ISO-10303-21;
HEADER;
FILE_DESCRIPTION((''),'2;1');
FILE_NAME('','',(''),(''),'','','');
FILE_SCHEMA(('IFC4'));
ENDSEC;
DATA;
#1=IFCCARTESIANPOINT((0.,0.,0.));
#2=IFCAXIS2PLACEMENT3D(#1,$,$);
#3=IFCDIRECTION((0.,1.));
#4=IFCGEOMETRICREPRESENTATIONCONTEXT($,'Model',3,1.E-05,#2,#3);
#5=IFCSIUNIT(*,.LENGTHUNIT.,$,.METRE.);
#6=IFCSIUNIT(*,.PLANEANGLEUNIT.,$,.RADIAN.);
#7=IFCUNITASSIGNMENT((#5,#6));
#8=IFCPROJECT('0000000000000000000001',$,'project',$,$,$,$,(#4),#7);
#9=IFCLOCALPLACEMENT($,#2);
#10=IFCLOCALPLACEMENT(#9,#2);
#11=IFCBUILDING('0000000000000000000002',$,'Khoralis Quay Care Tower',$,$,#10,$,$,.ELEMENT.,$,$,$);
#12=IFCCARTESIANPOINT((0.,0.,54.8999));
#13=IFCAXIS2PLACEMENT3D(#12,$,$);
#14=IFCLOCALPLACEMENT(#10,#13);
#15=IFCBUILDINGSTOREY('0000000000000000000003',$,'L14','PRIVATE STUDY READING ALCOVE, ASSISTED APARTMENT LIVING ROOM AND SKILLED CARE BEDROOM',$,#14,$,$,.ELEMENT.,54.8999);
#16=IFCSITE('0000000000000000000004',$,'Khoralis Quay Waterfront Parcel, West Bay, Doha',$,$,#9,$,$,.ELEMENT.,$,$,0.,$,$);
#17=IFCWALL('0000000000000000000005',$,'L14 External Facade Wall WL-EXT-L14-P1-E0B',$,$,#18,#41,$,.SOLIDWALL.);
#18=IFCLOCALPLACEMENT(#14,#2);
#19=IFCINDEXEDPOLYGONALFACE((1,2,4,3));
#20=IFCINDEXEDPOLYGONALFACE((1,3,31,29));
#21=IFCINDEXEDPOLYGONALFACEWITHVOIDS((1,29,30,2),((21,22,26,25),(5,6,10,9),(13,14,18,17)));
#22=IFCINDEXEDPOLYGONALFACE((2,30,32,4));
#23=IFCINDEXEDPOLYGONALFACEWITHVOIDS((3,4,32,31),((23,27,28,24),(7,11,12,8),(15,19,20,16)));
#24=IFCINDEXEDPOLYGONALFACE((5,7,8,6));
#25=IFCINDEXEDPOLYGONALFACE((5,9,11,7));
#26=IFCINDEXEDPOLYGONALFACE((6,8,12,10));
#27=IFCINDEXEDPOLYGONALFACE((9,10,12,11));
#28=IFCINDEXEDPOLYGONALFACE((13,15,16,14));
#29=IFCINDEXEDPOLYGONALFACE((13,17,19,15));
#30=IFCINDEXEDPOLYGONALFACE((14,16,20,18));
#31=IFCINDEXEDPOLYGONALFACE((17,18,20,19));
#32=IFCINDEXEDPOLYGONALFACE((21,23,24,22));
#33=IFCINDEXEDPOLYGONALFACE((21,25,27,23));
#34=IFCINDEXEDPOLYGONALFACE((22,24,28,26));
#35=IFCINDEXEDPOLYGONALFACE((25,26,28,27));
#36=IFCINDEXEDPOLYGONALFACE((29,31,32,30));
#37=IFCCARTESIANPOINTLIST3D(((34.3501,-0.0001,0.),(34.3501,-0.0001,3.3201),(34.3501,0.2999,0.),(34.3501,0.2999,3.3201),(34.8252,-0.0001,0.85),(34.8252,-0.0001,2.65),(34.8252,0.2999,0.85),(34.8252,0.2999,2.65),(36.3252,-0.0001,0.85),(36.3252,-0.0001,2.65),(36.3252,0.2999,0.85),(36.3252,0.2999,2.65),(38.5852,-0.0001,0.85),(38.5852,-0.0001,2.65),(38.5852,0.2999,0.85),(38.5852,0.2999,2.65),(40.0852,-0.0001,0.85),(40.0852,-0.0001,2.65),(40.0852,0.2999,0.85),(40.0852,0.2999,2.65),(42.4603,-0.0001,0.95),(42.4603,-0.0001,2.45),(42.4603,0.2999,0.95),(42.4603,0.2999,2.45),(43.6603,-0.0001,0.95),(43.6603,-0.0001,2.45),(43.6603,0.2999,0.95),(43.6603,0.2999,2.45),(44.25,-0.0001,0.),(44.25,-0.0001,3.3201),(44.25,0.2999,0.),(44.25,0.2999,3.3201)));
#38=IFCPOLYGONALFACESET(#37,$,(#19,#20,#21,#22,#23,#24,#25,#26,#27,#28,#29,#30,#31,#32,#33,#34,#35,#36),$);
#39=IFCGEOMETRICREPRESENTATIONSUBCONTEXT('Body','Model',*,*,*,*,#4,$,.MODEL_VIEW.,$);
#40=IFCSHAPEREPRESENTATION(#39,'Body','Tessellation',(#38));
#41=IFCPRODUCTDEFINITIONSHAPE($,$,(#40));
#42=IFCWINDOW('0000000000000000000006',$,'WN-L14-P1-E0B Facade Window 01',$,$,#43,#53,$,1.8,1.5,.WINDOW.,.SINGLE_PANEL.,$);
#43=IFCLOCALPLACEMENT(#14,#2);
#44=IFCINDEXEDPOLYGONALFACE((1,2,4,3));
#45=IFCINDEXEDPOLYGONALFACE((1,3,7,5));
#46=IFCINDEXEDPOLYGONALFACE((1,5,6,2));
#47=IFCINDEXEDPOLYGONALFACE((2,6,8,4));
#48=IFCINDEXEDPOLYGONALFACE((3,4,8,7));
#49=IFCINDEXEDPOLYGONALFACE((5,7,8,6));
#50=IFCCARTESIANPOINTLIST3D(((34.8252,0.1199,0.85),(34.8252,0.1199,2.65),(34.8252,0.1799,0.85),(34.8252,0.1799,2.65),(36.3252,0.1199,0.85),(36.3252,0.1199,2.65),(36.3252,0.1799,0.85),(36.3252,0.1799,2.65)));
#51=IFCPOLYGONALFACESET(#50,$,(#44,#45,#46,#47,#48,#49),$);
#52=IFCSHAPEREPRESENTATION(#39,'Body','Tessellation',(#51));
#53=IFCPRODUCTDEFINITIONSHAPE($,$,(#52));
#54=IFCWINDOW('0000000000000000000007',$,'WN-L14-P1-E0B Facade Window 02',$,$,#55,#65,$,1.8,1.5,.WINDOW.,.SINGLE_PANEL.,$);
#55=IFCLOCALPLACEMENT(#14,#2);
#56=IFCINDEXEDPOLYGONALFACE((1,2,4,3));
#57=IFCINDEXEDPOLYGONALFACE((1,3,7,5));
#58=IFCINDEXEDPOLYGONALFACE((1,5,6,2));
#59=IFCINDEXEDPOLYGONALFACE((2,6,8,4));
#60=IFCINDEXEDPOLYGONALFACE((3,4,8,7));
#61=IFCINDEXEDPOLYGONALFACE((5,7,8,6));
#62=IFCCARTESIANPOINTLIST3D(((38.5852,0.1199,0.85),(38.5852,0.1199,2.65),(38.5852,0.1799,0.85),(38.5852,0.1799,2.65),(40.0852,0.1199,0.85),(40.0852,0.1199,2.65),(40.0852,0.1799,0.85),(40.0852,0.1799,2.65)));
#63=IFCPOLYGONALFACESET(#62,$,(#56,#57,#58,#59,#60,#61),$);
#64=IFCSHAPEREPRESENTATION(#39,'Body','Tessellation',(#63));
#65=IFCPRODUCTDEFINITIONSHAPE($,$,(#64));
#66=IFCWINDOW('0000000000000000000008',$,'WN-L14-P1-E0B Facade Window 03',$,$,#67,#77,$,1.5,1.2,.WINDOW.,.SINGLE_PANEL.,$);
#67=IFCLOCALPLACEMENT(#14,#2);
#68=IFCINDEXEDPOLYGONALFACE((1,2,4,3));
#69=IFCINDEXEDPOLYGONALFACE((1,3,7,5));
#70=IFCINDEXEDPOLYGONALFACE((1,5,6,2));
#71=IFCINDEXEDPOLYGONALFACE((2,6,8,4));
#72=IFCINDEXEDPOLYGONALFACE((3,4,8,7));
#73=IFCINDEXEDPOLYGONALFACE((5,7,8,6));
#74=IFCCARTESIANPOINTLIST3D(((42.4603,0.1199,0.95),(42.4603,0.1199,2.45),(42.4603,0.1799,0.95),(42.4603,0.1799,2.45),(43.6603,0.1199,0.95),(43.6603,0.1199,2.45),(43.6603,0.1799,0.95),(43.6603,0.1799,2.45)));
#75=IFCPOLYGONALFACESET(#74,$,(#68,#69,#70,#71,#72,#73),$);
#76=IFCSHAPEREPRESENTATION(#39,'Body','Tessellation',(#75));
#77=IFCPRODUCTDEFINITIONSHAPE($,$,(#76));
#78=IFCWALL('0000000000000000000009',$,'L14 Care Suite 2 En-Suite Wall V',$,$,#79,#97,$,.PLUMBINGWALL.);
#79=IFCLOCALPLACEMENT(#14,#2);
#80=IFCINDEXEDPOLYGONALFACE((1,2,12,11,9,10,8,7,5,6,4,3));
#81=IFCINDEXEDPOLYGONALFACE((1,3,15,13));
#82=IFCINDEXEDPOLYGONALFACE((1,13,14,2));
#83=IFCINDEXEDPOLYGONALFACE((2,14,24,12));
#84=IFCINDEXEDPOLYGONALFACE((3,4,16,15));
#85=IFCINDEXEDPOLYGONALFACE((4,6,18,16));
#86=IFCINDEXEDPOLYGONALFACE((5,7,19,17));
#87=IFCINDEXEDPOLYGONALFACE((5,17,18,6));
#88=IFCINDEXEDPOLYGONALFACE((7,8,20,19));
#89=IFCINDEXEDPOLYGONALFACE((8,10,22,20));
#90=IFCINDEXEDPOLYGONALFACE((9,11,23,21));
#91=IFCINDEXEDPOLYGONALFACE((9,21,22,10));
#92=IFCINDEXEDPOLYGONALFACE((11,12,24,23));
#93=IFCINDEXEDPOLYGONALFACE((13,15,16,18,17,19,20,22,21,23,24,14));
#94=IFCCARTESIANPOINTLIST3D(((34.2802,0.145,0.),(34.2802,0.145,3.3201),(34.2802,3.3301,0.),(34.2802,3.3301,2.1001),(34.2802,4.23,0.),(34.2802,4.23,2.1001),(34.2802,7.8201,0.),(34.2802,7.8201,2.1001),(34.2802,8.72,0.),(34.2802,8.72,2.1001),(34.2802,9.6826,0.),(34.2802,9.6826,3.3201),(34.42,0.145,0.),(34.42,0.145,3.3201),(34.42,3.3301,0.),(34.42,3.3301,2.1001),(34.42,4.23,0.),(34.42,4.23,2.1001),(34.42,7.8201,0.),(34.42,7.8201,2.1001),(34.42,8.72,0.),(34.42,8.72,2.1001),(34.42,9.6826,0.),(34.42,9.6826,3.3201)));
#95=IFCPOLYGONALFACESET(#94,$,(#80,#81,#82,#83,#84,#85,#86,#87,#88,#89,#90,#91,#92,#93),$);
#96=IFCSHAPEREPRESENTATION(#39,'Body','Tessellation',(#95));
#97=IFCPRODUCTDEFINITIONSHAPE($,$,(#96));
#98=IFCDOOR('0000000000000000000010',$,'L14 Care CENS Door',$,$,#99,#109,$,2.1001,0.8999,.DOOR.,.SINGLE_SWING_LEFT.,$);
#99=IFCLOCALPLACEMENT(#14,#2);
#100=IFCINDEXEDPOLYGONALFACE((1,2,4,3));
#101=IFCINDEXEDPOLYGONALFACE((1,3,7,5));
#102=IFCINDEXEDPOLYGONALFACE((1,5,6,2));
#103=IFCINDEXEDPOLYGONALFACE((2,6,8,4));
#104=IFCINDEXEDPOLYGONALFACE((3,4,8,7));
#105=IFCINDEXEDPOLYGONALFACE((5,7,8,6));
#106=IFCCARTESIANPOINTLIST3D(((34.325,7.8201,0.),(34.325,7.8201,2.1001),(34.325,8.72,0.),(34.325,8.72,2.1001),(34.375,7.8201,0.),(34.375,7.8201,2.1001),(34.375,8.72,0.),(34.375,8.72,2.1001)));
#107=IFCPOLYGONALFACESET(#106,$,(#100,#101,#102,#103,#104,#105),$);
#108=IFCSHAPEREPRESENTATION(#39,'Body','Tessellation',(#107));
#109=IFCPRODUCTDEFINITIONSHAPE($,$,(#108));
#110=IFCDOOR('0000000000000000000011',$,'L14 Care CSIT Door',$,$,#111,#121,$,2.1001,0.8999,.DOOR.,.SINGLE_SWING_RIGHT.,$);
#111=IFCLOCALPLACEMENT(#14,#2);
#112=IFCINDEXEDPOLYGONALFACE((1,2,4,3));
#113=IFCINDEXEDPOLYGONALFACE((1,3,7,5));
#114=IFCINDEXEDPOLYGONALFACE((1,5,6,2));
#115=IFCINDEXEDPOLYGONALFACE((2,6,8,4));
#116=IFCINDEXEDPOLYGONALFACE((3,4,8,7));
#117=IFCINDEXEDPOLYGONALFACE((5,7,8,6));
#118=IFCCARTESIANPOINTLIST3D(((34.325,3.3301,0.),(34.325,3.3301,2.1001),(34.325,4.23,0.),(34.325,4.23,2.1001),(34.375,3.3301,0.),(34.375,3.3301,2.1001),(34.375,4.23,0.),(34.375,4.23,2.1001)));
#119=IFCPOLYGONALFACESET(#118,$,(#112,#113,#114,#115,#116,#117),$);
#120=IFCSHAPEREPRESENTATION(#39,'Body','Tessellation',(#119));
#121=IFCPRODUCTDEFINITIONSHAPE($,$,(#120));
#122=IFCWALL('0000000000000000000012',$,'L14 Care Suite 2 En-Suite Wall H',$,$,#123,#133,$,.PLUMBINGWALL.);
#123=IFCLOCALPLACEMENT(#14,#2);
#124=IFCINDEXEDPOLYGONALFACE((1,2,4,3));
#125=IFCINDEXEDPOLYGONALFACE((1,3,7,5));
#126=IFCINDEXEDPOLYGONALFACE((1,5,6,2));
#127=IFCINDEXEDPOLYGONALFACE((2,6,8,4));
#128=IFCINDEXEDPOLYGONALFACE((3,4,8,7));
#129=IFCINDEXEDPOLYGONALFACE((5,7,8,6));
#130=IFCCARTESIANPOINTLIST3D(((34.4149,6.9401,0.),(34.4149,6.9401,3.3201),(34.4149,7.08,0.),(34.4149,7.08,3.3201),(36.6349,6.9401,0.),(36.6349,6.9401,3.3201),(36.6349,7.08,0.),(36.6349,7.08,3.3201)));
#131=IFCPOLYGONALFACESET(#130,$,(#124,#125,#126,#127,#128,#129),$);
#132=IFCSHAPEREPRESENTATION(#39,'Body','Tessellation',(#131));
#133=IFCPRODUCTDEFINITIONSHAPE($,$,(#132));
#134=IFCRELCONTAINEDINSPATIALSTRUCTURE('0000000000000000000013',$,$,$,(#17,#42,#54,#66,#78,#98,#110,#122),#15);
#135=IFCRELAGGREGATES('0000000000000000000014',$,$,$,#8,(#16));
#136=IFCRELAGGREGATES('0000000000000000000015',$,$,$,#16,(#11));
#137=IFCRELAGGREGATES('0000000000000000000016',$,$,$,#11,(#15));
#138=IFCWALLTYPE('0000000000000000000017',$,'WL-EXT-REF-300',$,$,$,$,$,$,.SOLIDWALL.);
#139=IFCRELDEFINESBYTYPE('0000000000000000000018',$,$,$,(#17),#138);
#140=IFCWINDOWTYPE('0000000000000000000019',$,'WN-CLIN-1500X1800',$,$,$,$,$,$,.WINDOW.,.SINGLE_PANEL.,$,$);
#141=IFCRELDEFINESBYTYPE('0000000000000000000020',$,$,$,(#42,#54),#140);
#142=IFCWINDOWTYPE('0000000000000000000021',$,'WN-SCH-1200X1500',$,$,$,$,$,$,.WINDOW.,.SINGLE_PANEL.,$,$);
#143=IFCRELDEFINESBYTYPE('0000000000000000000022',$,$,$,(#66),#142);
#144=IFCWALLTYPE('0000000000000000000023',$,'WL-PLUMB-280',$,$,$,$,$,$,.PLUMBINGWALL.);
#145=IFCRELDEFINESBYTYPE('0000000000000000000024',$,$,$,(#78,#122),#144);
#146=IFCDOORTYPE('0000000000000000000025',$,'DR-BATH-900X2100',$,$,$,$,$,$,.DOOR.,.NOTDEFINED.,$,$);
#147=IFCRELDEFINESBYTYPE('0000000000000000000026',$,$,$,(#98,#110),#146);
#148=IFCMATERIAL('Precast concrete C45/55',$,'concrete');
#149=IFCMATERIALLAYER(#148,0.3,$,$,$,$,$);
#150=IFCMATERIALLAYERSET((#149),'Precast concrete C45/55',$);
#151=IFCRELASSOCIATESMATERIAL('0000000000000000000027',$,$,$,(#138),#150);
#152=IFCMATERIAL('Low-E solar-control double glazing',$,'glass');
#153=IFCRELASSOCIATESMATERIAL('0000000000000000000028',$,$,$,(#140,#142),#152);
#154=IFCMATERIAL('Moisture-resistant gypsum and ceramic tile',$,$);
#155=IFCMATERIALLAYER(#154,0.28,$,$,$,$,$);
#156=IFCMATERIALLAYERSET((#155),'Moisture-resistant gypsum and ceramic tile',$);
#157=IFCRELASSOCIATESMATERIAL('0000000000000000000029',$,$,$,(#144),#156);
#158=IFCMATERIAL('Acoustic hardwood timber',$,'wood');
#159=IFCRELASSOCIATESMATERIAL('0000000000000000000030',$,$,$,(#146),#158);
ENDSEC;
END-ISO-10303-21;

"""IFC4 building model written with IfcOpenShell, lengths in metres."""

from ifc_helpers import new_model, si_unit, direction, frame, frame_2d, origin, place, context, subcontext, project, spatial, rectangle, extrude, source, transform, mapped, material, layer, layer_set, type_object, element, fill, save


model = new_model("IFC4")

# Units and contexts
model_context = context("Model", 3, precision=1e-05, world=origin(), true_north=direction((0.0, 1.0)))
body_context = subcontext(model_context, "Body", "Model", "MODEL_VIEW")
ifc_project = project(units=[si_unit("LENGTHUNIT", "METRE"), si_unit("PLANEANGLEUNIT", "RADIAN")], contexts=[model_context])

# Site, building, storey
site_placement = place(None, origin())
site = spatial("IfcSite", under=ifc_project, at=site_placement, Name="Khoralis Quay Waterfront Parcel, West Bay, Doha", CompositionType="ELEMENT", RefElevation=0.0)
building_placement = place(site_placement, origin())
building = spatial("IfcBuilding", under=site, at=building_placement, Name="Khoralis Quay Care Tower", CompositionType="ELEMENT")
storey_placement = place(building_placement, frame((0.0, 0.0, 54.8999)))
storey = spatial("IfcBuildingStorey", under=building, at=storey_placement, Name="L14", Description="PRIVATE STUDY READING ALCOVE, ASSISTED APARTMENT LIVING ROOM AND SKILLED CARE BEDROOM", CompositionType="ELEMENT", Elevation=54.8999)

# Wall, openings, windows
ifc_material_1 = material(Name="Precast concrete C45/55", Category="concrete")
ifc_layer_1 = layer(ifc_material_1, 0.3)
ifc_layer_set_1 = layer_set([ifc_layer_1], Name="Precast concrete C45/55")
wall_type_1 = type_object("IfcWallType", Name="WL-EXT-REF-300", PredefinedType="SOLIDWALL", material=ifc_layer_set_1)
wall_1_placement = place(storey_placement, frame((34.3501, 0.1499, 0.0), z_axis=(0.0, 0.0, 1.0), x_axis=(1.0, 0.0, 0.0)))
wall_1 = element("IfcWall", 1, at=wall_1_placement, inside=storey, type_object=wall_type_1, Name="L14 External Facade Wall WL-EXT-L14-P1-E0B", PredefinedType="SOLIDWALL", context=body_context, shape_type="SweptSolid", body=[
    extrude(rectangle(XDim=9.8999, YDim=0.3, at=frame_2d((4.95, 0.0))), origin(), (0.0, 0.0, 1.0), 3.3201),
])
opening_1_placement = place(wall_1_placement, frame((0.4751, 0.0, 0.8501)))
opening_1 = element("IfcOpeningElement", 2, at=opening_1_placement, cuts=wall_1, PredefinedType="OPENING", context=body_context, shape_type="SweptSolid", body=[
    extrude(rectangle(XDim=1.5, YDim=1.8, at=frame_2d((0.75, 0.8999))), frame((0.0, 0.1602, 0.0), z_axis=(0.0, -1.0, 0.0), x_axis=(1.0, 0.0, 0.0)), (0.0, 0.0, 1.0), 0.3201),
])
opening_2_placement = place(wall_1_placement, frame((4.2351, 0.0, 0.8501)))
opening_2 = element("IfcOpeningElement", 3, at=opening_2_placement, cuts=wall_1, PredefinedType="OPENING", context=body_context, shape_type="SweptSolid", body=[
    extrude(rectangle(XDim=1.5, YDim=1.8, at=frame_2d((0.75, 0.8999))), frame((0.0, 0.1602, 0.0), z_axis=(0.0, -1.0, 0.0), x_axis=(1.0, 0.0, 0.0)), (0.0, 0.0, 1.0), 0.3201),
])
opening_3_placement = place(wall_1_placement, frame((8.1101, 0.0, 0.95)))
opening_3 = element("IfcOpeningElement", 4, at=opening_3_placement, cuts=wall_1, PredefinedType="OPENING", context=body_context, shape_type="SweptSolid", body=[
    extrude(rectangle(XDim=1.2, YDim=1.5, at=frame_2d((0.6001, 0.75))), frame((0.0, 0.1602, 0.0), z_axis=(0.0, -1.0, 0.0), x_axis=(1.0, 0.0, 0.0)), (0.0, 0.0, 1.0), 0.3201),
])
ifc_material_2 = material(Name="Low-E solar-control double glazing", Category="glass")
window_type_1 = type_object("IfcWindowType", Name="WN-CLIN-1500X1800", PartitioningType="SINGLE_PANEL", PredefinedType="WINDOW", material=ifc_material_2)
shared_shape_1 = source(origin(), body_context, "Body", "SweptSolid", [
    extrude(rectangle(XDim=1.5, YDim=1.8, at=frame_2d((0.75, 0.8999))), frame((0.0, 0.03, 0.0), z_axis=(0.0, -1.0, 0.0), x_axis=(1.0, 0.0, 0.0)), (0.0, 0.0, 1.0), 0.0601),
])
window_1_placement = place(opening_1_placement, origin())
window_1 = element("IfcWindow", 5, at=window_1_placement, inside=storey, type_object=window_type_1, Name="WN-L14-P1-E0B Facade Window 01", OverallHeight=1.8, OverallWidth=1.5, PartitioningType="SINGLE_PANEL", PredefinedType="WINDOW", context=body_context, shape_type="MappedRepresentation", body=[
    mapped(shared_shape_1, transform((0.0, 0.0, 0.0), scale=1.0)),
])
fill(opening_1, window_1)
window_2_placement = place(opening_2_placement, origin())
window_2 = element("IfcWindow", 6, at=window_2_placement, inside=storey, type_object=window_type_1, Name="WN-L14-P1-E0B Facade Window 02", OverallHeight=1.8, OverallWidth=1.5, PartitioningType="SINGLE_PANEL", PredefinedType="WINDOW", context=body_context, shape_type="MappedRepresentation", body=[
    mapped(shared_shape_1, transform((0.0, 0.0, 0.0), scale=1.0)),
])
fill(opening_2, window_2)
window_type_2 = type_object("IfcWindowType", Name="WN-SCH-1200X1500", PartitioningType="SINGLE_PANEL", PredefinedType="WINDOW", material=ifc_material_2)
shared_shape_2 = source(origin(), body_context, "Body", "SweptSolid", [
    extrude(rectangle(XDim=1.2, YDim=1.5, at=frame_2d((0.6001, 0.75))), frame((0.0, 0.03, 0.0), z_axis=(0.0, -1.0, 0.0), x_axis=(1.0, 0.0, 0.0)), (0.0, 0.0, 1.0), 0.0601),
])
window_3_placement = place(opening_3_placement, origin())
window_3 = element("IfcWindow", 7, at=window_3_placement, inside=storey, type_object=window_type_2, Name="WN-L14-P1-E0B Facade Window 03", OverallHeight=1.5, OverallWidth=1.2, PartitioningType="SINGLE_PANEL", PredefinedType="WINDOW", context=body_context, shape_type="MappedRepresentation", body=[
    mapped(shared_shape_2, transform((0.0, 0.0, 0.0), scale=1.0)),
])
fill(opening_3, window_3)

# Wall, openings, doors
ifc_material_3 = material(Name="Moisture-resistant gypsum and ceramic tile")
ifc_layer_2 = layer(ifc_material_3, 0.28)
ifc_layer_set_2 = layer_set([ifc_layer_2], Name="Moisture-resistant gypsum and ceramic tile")
wall_type_2 = type_object("IfcWallType", Name="WL-PLUMB-280", PredefinedType="PLUMBINGWALL", material=ifc_layer_set_2)
wall_2_placement = place(storey_placement, frame((34.3501, 0.145, 0.0), z_axis=(0.0, 0.0, 1.0), x_axis=(0.0, 1.0, 0.0)))
wall_2 = element("IfcWall", 8, at=wall_2_placement, inside=storey, type_object=wall_type_2, Name="L14 Care Suite 2 En-Suite Wall V", PredefinedType="PLUMBINGWALL", context=body_context, shape_type="SweptSolid", body=[
    extrude(rectangle(XDim=9.5376, YDim=0.1399, at=frame_2d((4.7688, 0.0))), origin(), (0.0, 0.0, 1.0), 3.3201),
])
opening_4_placement = place(wall_2_placement, frame((7.675, 0.0, 0.0)))
opening_4 = element("IfcOpeningElement", 9, at=opening_4_placement, cuts=wall_2, PredefinedType="OPENING", context=body_context, shape_type="SweptSolid", body=[
    extrude(rectangle(XDim=0.8999, YDim=2.1001, at=frame_2d((0.45, 1.05))), frame((0.0, 0.0801, 0.0), z_axis=(0.0, -1.0, 0.0), x_axis=(1.0, 0.0, 0.0)), (0.0, 0.0, 1.0), 0.1599),
])
opening_5_placement = place(wall_2_placement, frame((3.1851, 0.0, 0.0)))
opening_5 = element("IfcOpeningElement", 10, at=opening_5_placement, cuts=wall_2, PredefinedType="OPENING", context=body_context, shape_type="SweptSolid", body=[
    extrude(rectangle(XDim=0.8999, YDim=2.1001, at=frame_2d((0.45, 1.05))), frame((0.0, 0.0801, 0.0), z_axis=(0.0, -1.0, 0.0), x_axis=(1.0, 0.0, 0.0)), (0.0, 0.0, 1.0), 0.1599),
])
ifc_material_4 = material(Name="Acoustic hardwood timber", Category="wood")
door_type = type_object("IfcDoorType", Name="DR-BATH-900X2100", OperationType="NOTDEFINED", PredefinedType="DOOR", material=ifc_material_4)
shared_shape_3 = source(origin(), body_context, "Body", "SweptSolid", [
    extrude(rectangle(XDim=0.8999, YDim=2.1001, at=frame_2d((0.45, 1.05))), frame((0.0, 0.0249, 0.0), z_axis=(0.0, -1.0, 0.0), x_axis=(1.0, 0.0, 0.0)), (0.0, 0.0, 1.0), 0.05),
])
door_1_placement = place(opening_4_placement, frame((0.8999, 0.0, 0.0), z_axis=(0.0, 0.0, 1.0), x_axis=(-1.0, 0.0, 0.0)))
door_1 = element("IfcDoor", 11, at=door_1_placement, inside=storey, type_object=door_type, Name="L14 Care CENS Door", OperationType="SINGLE_SWING_LEFT", OverallHeight=2.1001, OverallWidth=0.8999, PredefinedType="DOOR", context=body_context, shape_type="MappedRepresentation", body=[
    mapped(shared_shape_3, transform((0.0, 0.0, 0.0), scale=1.0)),
])
fill(opening_4, door_1)
door_2_placement = place(opening_5_placement, frame((0.8999, 0.0, 0.0), z_axis=(0.0, 0.0, 1.0), x_axis=(-1.0, 0.0, 0.0)))
door_2 = element("IfcDoor", 12, at=door_2_placement, inside=storey, type_object=door_type, Name="L14 Care CSIT Door", OperationType="SINGLE_SWING_RIGHT", OverallHeight=2.1001, OverallWidth=0.8999, PredefinedType="DOOR", context=body_context, shape_type="MappedRepresentation", body=[
    mapped(shared_shape_3, transform((0.0, 0.0, 0.0), scale=1.0)),
])
fill(opening_5, door_2)

# Wall
wall_3_placement = place(storey_placement, frame((34.415, 7.01, 0.0), z_axis=(0.0, 0.0, 1.0), x_axis=(1.0, 0.0, 0.0)))
element("IfcWall", 13, at=wall_3_placement, inside=storey, type_object=wall_type_2, Name="L14 Care Suite 2 En-Suite Wall H", PredefinedType="PLUMBINGWALL", context=body_context, shape_type="SweptSolid", body=[
    extrude(rectangle(XDim=2.22, YDim=0.1399, at=frame_2d((1.1099, 0.0))), origin(), (0.0, 0.0, 1.0), 3.3201),
])

save(model, "model.ifc")
